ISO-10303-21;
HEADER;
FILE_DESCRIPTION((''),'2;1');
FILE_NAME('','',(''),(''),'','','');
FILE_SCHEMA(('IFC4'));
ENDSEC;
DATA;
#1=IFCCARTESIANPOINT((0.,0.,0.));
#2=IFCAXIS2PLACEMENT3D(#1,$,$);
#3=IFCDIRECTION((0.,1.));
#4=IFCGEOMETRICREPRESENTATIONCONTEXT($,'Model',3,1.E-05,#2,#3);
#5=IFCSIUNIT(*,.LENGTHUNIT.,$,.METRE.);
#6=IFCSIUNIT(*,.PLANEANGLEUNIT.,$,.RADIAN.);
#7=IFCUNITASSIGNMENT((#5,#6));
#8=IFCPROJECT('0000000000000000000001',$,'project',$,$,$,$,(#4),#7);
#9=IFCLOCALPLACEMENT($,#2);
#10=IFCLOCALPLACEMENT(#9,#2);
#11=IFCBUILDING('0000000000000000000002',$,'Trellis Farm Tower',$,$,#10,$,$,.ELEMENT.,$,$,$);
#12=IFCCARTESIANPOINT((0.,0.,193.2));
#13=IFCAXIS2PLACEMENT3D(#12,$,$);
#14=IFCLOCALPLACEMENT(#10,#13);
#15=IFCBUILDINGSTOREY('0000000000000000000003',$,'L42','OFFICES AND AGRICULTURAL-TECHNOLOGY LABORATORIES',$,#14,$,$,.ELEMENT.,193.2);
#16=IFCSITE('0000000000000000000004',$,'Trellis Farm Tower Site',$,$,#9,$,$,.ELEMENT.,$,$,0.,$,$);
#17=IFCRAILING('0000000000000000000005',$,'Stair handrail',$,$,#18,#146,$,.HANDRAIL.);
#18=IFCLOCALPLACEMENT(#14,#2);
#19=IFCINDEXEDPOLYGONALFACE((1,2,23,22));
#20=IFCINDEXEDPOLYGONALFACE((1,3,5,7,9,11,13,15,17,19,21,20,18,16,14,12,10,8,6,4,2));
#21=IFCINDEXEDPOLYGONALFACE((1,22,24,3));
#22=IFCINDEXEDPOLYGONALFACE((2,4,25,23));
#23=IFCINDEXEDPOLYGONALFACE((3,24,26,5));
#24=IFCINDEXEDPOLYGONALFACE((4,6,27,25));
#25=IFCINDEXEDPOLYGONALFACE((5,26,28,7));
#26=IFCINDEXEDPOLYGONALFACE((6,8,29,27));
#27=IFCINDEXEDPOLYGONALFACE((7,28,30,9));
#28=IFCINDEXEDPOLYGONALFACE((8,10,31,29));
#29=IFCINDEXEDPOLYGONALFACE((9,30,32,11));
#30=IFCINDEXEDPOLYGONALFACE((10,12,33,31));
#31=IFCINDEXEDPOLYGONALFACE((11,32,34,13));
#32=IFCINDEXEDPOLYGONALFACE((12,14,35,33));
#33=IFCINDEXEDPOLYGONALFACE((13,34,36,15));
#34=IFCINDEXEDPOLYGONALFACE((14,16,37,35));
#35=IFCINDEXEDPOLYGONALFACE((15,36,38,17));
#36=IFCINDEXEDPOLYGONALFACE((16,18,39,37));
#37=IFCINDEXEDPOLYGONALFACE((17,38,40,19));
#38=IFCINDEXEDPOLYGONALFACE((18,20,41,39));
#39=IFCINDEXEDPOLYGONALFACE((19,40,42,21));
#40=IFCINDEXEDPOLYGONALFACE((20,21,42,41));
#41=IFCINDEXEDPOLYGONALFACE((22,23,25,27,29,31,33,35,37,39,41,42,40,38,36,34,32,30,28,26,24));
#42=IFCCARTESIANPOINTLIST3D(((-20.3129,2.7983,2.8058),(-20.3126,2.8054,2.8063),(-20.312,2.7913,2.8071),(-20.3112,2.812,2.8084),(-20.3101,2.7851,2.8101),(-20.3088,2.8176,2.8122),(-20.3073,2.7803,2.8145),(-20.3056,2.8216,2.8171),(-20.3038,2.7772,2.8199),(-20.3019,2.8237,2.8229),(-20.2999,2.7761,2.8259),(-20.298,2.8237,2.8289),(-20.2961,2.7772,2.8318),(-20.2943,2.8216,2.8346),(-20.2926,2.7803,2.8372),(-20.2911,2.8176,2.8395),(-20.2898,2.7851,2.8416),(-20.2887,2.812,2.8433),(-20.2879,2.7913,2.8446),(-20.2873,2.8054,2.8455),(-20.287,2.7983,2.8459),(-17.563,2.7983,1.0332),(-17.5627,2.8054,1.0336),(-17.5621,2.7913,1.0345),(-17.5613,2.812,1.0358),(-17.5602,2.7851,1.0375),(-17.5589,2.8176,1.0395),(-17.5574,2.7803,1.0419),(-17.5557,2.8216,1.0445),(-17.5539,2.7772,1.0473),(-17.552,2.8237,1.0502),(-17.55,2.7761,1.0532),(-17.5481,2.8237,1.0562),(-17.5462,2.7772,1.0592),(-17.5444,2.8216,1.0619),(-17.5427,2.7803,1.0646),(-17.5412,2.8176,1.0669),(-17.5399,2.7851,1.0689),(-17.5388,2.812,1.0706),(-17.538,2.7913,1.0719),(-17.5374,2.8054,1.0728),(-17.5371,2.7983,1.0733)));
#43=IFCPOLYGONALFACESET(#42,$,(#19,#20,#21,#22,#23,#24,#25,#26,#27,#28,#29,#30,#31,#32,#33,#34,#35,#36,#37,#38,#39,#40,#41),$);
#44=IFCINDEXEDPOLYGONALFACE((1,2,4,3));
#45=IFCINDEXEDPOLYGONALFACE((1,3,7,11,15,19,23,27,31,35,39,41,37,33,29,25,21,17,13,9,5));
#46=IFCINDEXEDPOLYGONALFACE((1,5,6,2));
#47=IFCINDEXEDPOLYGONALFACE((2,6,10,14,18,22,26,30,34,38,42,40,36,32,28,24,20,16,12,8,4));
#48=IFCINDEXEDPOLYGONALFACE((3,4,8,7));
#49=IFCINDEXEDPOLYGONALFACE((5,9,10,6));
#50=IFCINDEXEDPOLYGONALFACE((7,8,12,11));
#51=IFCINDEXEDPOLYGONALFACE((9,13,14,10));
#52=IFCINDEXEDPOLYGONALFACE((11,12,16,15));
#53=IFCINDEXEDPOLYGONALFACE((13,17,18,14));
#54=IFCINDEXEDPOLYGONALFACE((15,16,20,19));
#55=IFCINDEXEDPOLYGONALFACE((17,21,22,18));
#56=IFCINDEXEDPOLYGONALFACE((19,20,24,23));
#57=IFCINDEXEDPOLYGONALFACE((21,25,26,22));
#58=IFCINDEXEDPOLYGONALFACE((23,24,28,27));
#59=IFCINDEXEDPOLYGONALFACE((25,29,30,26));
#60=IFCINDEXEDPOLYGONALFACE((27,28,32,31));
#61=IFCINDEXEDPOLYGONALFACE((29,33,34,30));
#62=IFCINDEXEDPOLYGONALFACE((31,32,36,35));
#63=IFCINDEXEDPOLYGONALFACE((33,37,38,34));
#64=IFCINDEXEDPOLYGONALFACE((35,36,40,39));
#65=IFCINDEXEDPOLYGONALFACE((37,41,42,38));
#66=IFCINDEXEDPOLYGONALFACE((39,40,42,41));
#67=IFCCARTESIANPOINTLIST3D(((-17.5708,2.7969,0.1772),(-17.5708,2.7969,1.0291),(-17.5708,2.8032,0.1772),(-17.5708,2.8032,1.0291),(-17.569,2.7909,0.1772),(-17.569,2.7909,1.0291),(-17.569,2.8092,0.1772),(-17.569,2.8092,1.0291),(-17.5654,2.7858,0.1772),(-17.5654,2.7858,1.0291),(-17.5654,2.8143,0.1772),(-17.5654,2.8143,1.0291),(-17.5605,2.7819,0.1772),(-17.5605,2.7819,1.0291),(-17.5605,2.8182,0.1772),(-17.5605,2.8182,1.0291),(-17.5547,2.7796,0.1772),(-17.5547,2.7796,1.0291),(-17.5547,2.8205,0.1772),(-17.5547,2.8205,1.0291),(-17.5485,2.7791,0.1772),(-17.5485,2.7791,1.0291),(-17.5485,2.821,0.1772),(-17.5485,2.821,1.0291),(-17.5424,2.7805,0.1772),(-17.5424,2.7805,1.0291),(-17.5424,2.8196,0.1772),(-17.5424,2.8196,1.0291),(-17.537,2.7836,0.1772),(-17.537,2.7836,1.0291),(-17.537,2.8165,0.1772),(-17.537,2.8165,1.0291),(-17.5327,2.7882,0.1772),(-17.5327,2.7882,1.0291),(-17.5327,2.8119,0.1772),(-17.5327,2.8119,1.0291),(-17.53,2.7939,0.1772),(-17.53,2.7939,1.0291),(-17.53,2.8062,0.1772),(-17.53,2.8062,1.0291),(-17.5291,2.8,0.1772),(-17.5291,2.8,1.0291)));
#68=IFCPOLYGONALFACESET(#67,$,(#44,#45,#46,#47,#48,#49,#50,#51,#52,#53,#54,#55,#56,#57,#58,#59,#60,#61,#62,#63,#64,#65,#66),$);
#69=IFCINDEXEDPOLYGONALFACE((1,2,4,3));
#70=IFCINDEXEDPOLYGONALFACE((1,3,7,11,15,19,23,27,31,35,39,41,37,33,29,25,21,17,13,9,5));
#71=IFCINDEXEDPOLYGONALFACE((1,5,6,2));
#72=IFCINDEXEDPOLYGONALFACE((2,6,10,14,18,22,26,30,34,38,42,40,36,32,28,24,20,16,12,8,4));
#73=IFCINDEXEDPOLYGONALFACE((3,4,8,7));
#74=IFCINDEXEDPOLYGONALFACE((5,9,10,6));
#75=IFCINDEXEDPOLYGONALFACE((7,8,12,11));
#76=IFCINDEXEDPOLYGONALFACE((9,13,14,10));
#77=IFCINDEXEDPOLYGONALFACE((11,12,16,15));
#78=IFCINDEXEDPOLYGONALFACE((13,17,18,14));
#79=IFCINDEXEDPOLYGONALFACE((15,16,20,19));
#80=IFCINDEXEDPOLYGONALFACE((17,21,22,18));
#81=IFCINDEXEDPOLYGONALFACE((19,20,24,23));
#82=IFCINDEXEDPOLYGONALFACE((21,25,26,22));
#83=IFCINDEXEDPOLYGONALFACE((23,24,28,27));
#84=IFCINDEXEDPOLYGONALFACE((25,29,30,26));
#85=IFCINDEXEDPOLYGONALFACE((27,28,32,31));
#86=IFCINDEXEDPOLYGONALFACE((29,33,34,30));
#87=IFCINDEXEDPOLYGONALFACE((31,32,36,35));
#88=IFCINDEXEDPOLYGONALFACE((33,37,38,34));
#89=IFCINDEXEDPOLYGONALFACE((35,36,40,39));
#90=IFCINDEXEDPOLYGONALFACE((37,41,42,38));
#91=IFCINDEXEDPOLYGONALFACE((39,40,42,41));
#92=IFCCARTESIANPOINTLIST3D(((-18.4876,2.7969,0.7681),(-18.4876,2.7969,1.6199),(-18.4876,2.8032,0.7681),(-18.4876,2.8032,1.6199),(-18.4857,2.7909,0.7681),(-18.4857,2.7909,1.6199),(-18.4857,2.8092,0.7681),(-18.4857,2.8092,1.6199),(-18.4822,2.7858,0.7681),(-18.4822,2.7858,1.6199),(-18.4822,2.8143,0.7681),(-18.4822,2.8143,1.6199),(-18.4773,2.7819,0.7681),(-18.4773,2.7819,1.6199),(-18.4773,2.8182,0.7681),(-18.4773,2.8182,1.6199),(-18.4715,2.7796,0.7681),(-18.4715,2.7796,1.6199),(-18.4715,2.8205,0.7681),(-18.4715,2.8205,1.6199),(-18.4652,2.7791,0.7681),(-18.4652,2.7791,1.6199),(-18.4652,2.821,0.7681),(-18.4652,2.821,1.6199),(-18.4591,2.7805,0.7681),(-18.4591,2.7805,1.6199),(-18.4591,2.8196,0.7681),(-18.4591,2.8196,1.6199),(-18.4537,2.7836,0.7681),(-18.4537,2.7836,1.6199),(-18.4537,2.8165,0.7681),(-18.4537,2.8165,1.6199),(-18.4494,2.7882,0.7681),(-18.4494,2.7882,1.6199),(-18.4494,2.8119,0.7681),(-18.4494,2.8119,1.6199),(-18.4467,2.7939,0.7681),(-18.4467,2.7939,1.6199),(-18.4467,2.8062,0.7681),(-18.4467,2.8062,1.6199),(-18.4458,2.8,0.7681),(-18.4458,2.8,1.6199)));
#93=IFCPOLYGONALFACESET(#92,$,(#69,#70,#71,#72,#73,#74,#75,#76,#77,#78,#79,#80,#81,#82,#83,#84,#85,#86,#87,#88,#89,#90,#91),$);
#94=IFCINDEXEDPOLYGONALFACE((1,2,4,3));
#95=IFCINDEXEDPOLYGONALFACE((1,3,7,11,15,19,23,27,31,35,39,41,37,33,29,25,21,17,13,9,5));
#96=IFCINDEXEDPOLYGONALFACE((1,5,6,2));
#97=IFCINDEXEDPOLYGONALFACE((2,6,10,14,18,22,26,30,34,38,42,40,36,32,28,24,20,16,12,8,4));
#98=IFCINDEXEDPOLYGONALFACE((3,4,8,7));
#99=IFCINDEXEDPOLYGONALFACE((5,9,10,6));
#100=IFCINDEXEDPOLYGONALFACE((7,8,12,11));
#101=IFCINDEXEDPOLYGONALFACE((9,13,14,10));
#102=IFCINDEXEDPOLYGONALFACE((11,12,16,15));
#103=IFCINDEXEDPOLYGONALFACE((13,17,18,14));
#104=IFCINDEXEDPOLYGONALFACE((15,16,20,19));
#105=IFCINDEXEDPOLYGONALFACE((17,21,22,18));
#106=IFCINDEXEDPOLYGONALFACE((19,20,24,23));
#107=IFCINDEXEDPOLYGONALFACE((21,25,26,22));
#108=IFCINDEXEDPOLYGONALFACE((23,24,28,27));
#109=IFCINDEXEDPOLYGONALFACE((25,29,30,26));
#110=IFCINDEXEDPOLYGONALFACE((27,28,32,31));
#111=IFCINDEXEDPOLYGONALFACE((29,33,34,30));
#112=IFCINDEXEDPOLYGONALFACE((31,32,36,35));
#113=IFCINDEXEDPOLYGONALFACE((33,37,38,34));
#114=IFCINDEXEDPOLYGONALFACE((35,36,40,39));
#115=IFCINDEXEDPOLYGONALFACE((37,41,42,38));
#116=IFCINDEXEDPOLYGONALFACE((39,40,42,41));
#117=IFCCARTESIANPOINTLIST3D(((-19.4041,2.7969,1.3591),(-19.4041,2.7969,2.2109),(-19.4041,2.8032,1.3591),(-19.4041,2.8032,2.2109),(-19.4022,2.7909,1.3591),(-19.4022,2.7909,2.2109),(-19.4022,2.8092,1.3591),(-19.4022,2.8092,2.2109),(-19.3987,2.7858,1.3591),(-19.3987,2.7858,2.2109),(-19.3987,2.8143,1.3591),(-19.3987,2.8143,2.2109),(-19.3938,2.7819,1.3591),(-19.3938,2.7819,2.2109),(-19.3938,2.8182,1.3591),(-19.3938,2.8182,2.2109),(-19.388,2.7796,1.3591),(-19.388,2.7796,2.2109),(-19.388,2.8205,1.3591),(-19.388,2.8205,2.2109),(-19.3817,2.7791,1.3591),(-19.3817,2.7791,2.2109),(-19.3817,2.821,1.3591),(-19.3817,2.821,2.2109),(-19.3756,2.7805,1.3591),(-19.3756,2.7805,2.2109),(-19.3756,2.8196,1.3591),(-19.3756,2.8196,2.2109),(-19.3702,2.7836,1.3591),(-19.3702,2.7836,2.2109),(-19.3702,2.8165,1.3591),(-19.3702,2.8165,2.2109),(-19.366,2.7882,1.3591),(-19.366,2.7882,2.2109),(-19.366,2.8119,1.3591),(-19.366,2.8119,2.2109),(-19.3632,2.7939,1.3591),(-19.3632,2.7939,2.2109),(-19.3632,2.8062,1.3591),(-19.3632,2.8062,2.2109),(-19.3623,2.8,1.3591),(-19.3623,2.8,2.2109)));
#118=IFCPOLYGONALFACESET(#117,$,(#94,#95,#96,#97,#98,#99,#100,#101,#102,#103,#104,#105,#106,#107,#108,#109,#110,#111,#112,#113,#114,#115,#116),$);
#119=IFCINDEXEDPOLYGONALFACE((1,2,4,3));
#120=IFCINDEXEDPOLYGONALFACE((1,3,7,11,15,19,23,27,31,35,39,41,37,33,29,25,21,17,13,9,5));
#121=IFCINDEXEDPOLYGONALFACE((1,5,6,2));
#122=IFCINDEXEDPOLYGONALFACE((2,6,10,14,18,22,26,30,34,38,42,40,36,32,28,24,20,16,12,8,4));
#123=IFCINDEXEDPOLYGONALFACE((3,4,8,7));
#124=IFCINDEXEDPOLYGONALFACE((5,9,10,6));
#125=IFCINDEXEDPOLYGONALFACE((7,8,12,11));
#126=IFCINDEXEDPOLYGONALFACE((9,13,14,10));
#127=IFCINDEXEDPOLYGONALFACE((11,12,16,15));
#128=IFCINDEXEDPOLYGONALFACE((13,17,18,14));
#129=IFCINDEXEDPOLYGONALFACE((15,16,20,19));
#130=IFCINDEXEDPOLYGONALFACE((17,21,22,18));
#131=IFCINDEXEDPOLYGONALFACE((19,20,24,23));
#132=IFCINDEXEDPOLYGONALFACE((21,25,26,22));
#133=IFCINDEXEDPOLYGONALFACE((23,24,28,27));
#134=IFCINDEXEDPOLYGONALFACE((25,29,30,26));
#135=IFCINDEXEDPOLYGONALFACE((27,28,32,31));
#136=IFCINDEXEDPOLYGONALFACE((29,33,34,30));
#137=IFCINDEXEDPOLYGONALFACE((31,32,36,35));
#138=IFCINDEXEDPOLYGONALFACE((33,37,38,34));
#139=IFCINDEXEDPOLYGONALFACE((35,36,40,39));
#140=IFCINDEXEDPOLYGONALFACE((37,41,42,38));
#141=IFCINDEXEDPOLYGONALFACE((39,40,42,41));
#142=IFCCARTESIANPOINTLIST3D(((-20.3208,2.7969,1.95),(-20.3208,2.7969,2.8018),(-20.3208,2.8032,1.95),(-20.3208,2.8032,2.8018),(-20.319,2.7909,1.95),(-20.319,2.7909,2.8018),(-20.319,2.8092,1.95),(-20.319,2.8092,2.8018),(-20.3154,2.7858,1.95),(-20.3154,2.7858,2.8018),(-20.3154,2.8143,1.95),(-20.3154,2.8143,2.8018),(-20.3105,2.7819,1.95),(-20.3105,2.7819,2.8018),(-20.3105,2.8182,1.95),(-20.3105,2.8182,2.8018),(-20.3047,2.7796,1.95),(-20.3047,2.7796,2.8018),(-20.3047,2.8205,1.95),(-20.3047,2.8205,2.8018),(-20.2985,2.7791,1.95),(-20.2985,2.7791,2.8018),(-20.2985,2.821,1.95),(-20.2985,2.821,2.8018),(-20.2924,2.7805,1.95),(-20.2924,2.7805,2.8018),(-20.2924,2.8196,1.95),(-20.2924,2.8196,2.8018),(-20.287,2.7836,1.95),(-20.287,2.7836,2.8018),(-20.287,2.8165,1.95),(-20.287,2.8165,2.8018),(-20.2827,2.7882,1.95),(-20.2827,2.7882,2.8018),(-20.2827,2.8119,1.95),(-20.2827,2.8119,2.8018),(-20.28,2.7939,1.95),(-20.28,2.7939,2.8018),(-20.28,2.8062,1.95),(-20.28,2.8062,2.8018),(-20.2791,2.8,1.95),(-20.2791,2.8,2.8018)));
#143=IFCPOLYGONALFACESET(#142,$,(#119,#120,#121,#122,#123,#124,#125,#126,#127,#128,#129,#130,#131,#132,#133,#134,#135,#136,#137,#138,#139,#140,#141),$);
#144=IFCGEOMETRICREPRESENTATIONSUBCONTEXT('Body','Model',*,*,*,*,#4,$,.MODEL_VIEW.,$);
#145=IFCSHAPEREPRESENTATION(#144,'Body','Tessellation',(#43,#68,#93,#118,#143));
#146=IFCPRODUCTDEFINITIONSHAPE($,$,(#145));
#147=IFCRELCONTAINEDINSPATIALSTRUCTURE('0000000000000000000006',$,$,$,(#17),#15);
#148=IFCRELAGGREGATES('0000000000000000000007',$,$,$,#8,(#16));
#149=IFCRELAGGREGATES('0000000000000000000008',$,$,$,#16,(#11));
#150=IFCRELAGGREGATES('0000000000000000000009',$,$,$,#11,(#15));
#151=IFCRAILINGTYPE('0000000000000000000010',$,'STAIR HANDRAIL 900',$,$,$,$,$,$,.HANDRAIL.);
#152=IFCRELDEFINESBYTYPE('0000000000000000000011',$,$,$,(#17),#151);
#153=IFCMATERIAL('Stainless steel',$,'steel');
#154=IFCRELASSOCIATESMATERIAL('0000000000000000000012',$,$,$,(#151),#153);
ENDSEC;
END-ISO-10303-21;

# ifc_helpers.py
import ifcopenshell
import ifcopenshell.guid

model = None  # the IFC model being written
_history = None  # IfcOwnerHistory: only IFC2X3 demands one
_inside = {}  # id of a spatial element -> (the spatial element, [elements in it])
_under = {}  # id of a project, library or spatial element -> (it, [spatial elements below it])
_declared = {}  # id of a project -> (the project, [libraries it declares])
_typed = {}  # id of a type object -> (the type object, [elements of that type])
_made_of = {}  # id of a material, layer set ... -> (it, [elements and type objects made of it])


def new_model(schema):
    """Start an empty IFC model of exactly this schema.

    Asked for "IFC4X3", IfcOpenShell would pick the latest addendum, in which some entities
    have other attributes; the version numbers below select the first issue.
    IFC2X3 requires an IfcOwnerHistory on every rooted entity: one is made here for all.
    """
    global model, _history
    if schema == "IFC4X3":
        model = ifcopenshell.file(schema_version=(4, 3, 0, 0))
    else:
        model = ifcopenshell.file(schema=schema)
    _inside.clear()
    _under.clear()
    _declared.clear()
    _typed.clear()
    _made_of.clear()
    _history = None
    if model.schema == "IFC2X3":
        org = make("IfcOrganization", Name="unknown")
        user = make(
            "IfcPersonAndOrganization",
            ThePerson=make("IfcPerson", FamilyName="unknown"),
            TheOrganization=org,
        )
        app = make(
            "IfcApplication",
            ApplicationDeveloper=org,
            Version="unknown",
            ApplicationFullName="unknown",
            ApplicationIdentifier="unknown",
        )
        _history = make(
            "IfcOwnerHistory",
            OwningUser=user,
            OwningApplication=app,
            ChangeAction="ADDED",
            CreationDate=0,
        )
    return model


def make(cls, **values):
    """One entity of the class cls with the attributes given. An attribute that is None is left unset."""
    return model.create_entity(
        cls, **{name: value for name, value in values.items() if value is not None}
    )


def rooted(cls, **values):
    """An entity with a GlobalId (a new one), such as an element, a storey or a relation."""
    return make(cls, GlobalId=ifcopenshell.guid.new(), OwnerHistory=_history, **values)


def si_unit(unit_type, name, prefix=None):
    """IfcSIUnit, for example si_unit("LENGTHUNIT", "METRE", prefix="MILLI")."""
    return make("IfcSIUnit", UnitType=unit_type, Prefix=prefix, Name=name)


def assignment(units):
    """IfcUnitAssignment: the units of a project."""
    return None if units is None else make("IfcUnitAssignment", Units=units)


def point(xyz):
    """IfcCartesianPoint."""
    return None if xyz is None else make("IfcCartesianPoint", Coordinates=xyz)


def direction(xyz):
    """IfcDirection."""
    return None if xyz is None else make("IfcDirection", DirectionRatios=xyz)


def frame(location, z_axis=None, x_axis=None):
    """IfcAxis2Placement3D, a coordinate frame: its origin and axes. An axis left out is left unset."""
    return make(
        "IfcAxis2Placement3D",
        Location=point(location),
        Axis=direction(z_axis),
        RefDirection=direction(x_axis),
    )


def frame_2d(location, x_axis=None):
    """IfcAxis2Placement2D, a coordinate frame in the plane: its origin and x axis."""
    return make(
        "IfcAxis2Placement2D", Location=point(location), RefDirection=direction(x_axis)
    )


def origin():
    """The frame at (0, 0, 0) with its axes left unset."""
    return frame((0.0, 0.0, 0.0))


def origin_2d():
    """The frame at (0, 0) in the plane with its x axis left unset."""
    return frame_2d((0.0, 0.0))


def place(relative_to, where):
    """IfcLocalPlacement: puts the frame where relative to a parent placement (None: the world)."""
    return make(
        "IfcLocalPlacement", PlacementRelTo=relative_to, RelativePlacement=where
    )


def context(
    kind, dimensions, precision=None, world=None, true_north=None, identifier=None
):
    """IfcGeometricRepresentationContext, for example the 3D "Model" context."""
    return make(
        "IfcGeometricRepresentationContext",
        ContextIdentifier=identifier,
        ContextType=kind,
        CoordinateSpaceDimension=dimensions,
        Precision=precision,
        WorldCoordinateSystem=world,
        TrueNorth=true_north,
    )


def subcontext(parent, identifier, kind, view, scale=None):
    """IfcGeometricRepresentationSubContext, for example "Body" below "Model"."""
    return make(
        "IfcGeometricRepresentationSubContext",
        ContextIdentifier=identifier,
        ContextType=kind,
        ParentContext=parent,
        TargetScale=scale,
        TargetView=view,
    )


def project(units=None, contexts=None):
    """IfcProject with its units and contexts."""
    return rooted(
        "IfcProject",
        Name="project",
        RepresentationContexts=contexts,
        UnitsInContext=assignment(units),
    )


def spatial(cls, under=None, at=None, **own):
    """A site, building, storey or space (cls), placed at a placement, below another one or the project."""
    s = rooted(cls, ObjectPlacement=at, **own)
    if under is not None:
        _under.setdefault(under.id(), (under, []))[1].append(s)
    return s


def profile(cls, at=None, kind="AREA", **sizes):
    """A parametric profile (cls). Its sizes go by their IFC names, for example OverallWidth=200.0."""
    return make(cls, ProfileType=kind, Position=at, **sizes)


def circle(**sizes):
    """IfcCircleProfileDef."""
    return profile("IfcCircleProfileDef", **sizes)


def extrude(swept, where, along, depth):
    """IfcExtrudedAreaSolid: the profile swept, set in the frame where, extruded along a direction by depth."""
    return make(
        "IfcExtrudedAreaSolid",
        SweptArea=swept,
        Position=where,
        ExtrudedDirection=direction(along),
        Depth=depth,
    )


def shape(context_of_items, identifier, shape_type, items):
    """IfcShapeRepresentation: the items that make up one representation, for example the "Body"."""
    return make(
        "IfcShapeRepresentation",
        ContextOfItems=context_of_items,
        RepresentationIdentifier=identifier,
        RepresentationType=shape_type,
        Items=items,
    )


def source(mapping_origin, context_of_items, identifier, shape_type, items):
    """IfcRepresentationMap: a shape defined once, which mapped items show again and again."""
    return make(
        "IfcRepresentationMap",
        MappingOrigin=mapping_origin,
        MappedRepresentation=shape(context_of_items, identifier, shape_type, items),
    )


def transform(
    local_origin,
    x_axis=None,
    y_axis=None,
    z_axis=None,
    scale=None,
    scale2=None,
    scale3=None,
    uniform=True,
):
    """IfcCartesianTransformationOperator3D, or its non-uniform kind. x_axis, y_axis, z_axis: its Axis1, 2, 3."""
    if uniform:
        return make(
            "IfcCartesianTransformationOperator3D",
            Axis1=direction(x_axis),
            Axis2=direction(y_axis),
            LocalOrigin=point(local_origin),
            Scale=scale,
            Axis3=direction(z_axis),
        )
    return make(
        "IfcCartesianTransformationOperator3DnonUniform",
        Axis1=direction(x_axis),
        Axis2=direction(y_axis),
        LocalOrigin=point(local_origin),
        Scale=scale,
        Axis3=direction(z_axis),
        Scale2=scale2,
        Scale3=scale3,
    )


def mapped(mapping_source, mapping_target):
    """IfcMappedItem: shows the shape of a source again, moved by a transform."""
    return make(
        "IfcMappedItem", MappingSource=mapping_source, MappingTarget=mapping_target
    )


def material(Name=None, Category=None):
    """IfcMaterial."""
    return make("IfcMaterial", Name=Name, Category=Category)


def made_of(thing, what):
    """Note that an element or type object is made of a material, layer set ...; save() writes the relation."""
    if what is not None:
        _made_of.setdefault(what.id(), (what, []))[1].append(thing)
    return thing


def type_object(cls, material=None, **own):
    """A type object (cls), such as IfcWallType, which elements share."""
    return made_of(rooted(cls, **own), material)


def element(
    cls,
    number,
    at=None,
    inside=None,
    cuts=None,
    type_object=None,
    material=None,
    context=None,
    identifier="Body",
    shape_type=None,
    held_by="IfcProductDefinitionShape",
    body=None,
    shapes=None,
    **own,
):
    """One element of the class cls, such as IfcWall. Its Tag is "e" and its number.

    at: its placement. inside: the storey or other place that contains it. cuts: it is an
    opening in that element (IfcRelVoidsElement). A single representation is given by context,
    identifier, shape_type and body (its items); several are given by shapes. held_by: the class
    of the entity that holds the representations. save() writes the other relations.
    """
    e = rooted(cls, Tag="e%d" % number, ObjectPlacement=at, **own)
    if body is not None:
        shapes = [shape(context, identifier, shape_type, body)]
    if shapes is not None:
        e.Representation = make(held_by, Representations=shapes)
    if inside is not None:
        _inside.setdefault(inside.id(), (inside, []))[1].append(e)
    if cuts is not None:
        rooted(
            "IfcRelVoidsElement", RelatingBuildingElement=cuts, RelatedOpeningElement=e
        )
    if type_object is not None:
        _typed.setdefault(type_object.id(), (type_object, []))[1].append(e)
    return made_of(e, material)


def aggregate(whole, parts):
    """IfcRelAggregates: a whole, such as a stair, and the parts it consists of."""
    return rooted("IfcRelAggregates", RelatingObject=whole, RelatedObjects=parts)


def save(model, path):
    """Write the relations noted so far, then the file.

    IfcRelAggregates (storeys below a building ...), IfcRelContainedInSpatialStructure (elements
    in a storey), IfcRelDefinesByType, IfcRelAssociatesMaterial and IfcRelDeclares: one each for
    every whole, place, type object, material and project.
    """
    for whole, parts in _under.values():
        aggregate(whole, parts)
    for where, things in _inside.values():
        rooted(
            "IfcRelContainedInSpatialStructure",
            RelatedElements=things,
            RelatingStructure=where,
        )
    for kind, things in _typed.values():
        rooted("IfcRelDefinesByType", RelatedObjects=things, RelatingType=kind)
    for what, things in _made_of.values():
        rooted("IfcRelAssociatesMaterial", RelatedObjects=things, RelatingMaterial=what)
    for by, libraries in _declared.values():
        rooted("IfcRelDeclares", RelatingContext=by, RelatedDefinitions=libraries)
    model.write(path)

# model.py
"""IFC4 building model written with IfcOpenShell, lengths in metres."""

from ifc_helpers import new_model, si_unit, direction, frame, origin, origin_2d, place, context, subcontext, project, spatial, circle, extrude, source, transform, mapped, material, type_object, element, save


model = new_model("IFC4")

# Units and contexts
model_context = context("Model", 3, precision=1e-05, world=origin(), true_north=direction((0.0, 1.0)))
body_context = subcontext(model_context, "Body", "Model", "MODEL_VIEW")
ifc_project = project(units=[si_unit("LENGTHUNIT", "METRE"), si_unit("PLANEANGLEUNIT", "RADIAN")], contexts=[model_context])

# Site, building, storey
site_placement = place(None, origin())
site = spatial("IfcSite", under=ifc_project, at=site_placement, Name="Trellis Farm Tower Site", CompositionType="ELEMENT", RefElevation=0.0)
building_placement = place(site_placement, origin())
building = spatial("IfcBuilding", under=site, at=building_placement, Name="Trellis Farm Tower", CompositionType="ELEMENT")
storey_placement = place(building_placement, frame((0.0, 0.0, 193.2)))
storey = spatial("IfcBuildingStorey", under=building, at=storey_placement, Name="L42", Description="OFFICES AND AGRICULTURAL-TECHNOLOGY LABORATORIES", CompositionType="ELEMENT", Elevation=193.2)

# Railing
ifc_material_1 = material(Name="Stainless steel", Category="steel")
railing_type = type_object("IfcRailingType", Name="STAIR HANDRAIL 900", PredefinedType="HANDRAIL", material=ifc_material_1)
shared_shape_1 = source(origin(), body_context, "Body", "SweptSolid", [
    extrude(circle(Radius=0.0239, at=origin_2d()), frame((0.0, 0.0, 0.876), z_axis=(-0.840504, 0.0, 0.541806), x_axis=(0.0, -1.0, 0.0)), (0.0, 0.0, 1.0), 3.2717),
    extrude(circle(Radius=0.021, at=origin_2d()), origin(), (0.0, 0.0, 1.0), 0.8518),
    extrude(circle(Radius=0.021, at=origin_2d()), frame((-0.9167, 0.0, 0.5908)), (0.0, 0.0, 1.0), 0.8518),
    extrude(circle(Radius=0.021, at=origin_2d()), frame((-1.8333, 0.0, 1.1819)), (0.0, 0.0, 1.0), 0.8518),
    extrude(circle(Radius=0.021, at=origin_2d()), frame((-2.75, 0.0, 1.7727)), (0.0, 0.0, 1.0), 0.8518),
])
for number, where, name in (
    (1, (-17.55, 2.8, 0.1772), "Stair handrail"),
):
    element("IfcRailing", number, at=place(storey_placement, frame(where)), inside=storey, type_object=railing_type, Name=name, PredefinedType="HANDRAIL", context=body_context, shape_type="MappedRepresentation", body=[
        mapped(shared_shape_1, transform((0.0, 0.0, 0.0))),
    ])

save(model, "model.ifc")
